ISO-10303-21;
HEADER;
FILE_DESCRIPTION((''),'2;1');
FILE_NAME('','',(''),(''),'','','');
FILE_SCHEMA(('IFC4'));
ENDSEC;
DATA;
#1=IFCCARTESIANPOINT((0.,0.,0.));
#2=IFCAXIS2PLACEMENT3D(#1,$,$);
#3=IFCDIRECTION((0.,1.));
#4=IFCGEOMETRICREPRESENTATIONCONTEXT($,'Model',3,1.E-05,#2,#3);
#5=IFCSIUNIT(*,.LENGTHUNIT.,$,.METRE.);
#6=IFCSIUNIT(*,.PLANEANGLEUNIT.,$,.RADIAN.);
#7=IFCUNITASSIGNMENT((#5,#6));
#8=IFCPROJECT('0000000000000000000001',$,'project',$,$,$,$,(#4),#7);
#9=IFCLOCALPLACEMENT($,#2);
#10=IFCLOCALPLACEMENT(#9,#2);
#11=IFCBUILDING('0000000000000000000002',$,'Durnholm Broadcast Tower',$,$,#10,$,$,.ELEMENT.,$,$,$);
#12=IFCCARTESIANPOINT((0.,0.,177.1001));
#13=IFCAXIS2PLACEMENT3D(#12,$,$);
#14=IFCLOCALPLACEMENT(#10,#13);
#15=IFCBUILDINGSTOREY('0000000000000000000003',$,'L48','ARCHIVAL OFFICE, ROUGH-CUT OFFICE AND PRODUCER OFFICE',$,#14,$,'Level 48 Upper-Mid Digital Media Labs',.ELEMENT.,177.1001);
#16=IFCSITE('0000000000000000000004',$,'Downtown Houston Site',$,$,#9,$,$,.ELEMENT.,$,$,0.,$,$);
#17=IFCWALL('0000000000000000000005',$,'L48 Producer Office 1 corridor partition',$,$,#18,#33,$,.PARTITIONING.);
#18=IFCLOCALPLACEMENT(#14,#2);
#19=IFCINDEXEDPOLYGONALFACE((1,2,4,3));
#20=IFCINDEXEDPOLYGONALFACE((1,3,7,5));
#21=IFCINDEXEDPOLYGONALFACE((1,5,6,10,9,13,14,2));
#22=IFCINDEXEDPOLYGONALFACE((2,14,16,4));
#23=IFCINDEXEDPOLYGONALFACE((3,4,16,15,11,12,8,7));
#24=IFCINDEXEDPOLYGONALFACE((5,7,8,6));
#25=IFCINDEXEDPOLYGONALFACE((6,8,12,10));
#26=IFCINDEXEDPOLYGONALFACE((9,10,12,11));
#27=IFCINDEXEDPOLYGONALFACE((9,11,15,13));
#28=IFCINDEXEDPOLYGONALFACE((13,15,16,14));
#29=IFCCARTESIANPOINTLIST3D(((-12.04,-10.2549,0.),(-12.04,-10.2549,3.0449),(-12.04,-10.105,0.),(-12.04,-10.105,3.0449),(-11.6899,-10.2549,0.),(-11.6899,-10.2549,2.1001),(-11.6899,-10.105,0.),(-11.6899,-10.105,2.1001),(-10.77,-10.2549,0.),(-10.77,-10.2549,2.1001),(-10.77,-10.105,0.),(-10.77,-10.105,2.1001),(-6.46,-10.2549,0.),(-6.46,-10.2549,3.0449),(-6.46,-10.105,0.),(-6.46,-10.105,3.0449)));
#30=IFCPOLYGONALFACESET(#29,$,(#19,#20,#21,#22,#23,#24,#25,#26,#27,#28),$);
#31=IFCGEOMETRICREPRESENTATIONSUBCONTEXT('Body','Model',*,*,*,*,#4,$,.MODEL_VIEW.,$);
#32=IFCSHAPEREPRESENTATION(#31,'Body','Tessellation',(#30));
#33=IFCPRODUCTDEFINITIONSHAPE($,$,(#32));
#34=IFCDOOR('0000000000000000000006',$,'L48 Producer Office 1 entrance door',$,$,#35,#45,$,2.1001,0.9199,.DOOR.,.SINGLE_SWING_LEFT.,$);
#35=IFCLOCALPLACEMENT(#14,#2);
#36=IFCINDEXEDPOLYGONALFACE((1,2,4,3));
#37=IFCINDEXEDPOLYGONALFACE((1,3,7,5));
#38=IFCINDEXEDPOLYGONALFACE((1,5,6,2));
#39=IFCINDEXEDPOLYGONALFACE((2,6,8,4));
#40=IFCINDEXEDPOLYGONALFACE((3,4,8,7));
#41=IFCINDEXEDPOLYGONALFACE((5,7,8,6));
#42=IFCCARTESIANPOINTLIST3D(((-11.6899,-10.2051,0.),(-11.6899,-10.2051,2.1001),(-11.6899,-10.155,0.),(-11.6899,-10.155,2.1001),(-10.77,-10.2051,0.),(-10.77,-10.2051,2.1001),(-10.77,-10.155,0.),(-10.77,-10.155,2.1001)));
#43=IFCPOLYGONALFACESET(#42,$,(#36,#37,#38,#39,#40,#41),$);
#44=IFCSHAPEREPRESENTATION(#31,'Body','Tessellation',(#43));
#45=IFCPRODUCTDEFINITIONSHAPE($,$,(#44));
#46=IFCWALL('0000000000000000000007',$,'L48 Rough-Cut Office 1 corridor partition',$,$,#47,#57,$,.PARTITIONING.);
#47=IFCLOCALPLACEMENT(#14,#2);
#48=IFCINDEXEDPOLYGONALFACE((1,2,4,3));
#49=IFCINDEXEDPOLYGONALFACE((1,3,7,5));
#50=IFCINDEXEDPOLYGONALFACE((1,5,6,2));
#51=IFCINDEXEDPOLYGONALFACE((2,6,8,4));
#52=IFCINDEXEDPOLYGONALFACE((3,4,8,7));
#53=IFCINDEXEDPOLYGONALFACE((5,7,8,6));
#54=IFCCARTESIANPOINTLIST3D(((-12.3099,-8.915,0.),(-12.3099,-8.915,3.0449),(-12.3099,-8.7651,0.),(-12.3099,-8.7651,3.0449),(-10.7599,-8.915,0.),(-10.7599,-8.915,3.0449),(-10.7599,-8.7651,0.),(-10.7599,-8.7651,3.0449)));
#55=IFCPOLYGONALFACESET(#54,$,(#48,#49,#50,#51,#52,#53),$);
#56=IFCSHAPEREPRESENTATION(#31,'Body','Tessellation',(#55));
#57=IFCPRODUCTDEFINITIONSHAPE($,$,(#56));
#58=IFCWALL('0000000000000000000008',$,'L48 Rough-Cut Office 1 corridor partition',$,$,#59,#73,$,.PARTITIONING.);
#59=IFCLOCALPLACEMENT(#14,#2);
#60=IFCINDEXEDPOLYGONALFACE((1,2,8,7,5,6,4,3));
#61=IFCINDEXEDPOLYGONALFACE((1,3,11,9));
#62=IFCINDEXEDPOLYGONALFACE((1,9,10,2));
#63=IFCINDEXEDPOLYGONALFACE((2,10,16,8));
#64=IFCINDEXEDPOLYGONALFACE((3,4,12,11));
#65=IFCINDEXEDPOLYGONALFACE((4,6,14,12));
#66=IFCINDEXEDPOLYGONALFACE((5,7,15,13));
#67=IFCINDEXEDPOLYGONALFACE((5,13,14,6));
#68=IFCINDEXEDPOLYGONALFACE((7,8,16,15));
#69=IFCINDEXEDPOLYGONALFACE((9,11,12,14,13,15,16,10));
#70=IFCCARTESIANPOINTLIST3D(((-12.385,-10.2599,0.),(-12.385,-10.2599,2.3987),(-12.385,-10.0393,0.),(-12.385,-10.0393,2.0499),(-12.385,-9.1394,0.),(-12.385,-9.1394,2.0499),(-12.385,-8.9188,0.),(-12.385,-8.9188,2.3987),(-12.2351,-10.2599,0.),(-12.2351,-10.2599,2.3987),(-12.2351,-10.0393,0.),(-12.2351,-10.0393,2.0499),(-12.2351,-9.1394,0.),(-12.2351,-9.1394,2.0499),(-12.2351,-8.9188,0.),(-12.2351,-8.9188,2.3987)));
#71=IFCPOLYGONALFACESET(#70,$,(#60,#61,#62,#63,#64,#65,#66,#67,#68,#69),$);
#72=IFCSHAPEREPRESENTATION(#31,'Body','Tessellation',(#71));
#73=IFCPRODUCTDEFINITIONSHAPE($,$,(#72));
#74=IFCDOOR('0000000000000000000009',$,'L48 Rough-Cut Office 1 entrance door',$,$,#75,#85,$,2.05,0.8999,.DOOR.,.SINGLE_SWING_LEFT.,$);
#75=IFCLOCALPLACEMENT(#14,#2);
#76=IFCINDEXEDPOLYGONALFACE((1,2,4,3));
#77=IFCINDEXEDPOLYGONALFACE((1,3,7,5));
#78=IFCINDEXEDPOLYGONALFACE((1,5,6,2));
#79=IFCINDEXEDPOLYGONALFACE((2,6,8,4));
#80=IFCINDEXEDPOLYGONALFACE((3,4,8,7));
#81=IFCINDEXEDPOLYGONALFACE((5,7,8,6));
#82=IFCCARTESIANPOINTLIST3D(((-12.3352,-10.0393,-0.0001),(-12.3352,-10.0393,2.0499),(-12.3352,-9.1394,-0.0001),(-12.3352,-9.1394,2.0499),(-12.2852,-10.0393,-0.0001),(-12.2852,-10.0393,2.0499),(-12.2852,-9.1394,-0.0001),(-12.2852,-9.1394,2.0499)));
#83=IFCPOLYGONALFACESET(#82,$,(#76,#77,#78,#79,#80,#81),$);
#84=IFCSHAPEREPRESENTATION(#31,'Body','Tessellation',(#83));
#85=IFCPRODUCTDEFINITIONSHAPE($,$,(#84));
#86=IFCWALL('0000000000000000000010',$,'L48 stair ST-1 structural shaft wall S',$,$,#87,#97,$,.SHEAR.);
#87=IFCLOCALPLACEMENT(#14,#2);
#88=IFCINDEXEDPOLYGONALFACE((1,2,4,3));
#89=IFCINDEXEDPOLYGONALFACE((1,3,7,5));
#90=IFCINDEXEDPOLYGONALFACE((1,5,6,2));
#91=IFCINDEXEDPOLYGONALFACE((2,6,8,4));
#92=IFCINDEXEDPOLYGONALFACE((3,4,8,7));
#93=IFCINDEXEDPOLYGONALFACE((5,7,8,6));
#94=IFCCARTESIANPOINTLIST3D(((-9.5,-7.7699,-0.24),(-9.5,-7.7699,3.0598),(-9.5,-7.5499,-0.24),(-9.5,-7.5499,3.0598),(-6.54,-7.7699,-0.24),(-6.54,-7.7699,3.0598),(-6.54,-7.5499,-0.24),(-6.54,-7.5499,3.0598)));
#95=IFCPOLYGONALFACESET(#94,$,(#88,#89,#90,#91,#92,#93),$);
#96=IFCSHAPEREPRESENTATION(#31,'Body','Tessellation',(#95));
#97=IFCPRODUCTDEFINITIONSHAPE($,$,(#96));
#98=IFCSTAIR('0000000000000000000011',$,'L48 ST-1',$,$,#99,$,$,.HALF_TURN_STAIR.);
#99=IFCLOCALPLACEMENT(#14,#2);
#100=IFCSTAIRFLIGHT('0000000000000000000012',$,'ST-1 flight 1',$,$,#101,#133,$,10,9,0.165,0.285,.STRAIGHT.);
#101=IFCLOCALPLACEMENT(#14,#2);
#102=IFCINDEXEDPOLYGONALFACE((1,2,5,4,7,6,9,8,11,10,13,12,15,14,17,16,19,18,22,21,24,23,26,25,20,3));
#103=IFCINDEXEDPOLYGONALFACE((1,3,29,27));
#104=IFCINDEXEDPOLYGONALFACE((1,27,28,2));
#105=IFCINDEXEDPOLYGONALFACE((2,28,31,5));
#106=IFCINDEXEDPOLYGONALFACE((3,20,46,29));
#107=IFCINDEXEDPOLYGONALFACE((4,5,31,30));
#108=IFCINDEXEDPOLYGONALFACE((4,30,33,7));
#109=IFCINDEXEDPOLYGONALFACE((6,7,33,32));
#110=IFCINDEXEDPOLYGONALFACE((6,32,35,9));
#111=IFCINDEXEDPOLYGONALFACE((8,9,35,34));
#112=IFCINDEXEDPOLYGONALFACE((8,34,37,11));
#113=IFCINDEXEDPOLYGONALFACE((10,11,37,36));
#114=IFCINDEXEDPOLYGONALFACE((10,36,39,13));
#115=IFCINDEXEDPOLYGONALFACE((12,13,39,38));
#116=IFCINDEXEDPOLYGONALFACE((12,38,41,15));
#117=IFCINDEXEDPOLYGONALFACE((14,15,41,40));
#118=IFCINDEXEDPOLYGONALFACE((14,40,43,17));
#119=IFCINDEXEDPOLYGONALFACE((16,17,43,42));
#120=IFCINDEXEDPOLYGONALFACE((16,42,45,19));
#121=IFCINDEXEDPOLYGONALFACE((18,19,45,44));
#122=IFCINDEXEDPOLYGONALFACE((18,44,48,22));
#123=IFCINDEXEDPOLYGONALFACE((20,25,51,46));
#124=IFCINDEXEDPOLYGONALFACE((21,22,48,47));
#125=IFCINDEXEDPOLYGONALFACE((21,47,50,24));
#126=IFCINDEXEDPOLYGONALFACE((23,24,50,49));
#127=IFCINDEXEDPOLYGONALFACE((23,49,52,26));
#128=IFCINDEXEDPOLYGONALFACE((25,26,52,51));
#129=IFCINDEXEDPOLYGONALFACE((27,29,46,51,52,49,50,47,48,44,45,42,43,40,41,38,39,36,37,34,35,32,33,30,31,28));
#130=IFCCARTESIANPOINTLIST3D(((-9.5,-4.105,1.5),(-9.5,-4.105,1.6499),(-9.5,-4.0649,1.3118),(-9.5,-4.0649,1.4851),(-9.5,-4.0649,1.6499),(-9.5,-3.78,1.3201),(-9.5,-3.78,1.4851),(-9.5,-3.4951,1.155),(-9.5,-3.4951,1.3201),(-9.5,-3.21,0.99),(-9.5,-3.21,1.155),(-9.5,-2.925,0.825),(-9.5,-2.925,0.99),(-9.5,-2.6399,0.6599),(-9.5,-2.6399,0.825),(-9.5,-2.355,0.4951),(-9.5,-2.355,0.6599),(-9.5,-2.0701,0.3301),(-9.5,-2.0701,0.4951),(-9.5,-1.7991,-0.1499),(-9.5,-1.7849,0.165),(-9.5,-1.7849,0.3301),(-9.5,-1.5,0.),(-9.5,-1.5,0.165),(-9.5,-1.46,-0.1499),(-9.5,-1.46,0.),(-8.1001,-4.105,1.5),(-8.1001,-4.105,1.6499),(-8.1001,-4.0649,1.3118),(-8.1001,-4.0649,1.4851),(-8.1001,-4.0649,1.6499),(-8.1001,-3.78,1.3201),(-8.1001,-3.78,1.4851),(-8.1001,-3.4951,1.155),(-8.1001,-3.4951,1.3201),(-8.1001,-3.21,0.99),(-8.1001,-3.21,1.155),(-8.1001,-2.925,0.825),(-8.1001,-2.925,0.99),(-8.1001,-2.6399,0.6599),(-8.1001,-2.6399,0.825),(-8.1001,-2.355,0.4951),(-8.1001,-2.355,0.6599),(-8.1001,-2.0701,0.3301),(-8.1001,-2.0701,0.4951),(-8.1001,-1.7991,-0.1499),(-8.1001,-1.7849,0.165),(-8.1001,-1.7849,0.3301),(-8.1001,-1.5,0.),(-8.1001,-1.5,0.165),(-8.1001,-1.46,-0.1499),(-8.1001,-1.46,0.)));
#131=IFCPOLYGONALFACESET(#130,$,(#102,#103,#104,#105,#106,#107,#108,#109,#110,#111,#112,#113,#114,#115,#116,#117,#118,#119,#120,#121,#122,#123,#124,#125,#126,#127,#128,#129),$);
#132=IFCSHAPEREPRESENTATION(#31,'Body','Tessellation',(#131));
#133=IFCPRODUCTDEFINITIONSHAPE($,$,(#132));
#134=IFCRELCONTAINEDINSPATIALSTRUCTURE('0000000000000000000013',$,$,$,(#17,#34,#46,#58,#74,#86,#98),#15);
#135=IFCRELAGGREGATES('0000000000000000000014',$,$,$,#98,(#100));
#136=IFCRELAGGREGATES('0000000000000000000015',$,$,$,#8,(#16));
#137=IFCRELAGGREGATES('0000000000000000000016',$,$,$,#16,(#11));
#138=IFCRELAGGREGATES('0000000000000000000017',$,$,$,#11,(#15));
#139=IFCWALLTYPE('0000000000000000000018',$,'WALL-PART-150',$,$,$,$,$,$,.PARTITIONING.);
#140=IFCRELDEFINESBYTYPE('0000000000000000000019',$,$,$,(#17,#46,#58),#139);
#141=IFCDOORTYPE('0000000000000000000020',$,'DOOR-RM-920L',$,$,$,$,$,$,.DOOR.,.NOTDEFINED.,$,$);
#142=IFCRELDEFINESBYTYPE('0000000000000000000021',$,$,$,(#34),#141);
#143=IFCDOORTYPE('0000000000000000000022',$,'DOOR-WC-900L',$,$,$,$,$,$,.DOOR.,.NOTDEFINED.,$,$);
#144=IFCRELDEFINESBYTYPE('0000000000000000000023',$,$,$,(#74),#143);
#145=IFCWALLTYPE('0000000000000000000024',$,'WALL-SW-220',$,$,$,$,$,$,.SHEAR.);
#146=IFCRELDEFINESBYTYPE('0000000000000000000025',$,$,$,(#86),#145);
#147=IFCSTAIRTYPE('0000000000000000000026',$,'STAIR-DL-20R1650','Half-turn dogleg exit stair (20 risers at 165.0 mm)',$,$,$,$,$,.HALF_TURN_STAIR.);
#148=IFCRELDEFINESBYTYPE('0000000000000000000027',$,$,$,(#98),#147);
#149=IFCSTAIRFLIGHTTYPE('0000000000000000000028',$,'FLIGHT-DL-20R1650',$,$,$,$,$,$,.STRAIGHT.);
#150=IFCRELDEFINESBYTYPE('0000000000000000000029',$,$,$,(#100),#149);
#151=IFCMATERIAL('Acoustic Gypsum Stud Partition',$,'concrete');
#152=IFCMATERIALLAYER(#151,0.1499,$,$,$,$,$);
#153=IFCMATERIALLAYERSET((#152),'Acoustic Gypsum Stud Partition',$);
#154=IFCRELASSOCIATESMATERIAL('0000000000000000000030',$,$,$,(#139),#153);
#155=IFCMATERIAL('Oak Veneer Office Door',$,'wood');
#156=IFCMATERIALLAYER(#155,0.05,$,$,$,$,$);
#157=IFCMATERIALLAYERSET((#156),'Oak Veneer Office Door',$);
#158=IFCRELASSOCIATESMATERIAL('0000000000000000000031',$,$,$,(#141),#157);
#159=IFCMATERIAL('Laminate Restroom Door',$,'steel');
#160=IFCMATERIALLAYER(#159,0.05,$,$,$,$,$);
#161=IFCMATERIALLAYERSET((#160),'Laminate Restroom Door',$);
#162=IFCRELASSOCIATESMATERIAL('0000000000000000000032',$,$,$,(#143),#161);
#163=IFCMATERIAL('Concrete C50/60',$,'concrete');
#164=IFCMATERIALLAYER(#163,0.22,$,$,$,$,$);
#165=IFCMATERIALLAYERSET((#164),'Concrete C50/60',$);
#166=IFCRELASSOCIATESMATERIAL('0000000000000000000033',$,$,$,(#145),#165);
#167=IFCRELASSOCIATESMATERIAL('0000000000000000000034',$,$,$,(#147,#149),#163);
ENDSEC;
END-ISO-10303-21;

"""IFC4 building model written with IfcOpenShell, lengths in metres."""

from ifc_helpers import new_model, si_unit, direction, frame, frame_2d, origin, place, context, subcontext, project, spatial, polyline, rectangle, outline, extrude, source, transform, mapped, material, layer, layer_set, type_object, type_shapes, element, fill, aggregate, save


model = new_model("IFC4")

# Units and contexts
model_context = context("Model", 3, precision=1e-05, world=origin(), true_north=direction((0.0, 1.0)))
body_context = subcontext(model_context, "Body", "Model", "MODEL_VIEW")
ifc_project = project(units=[si_unit("LENGTHUNIT", "METRE"), si_unit("PLANEANGLEUNIT", "RADIAN")], contexts=[model_context])

# Site, building, storey
site_placement = place(None, origin())
site = spatial("IfcSite", under=ifc_project, at=site_placement, Name="Downtown Houston Site", CompositionType="ELEMENT", RefElevation=0.0)
building_placement = place(site_placement, origin())
building = spatial("IfcBuilding", under=site, at=building_placement, Name="Durnholm Broadcast Tower", CompositionType="ELEMENT")
storey_placement = place(building_placement, frame((0.0, 0.0, 177.1001)))
storey = spatial("IfcBuildingStorey", under=building, at=storey_placement, Name="L48", Description="ARCHIVAL OFFICE, ROUGH-CUT OFFICE AND PRODUCER OFFICE", LongName="Level 48 Upper-Mid Digital Media Labs", CompositionType="ELEMENT", Elevation=177.1001)

# Wall, opening, door
ifc_material_1 = material(Name="Acoustic Gypsum Stud Partition", Category="concrete")
ifc_layer_1 = layer(ifc_material_1, 0.1499)
ifc_layer_set_1 = layer_set([ifc_layer_1], Name="Acoustic Gypsum Stud Partition")
wall_type_1 = type_object("IfcWallType", Name="WALL-PART-150", PredefinedType="PARTITIONING", material=ifc_layer_set_1)
wall_1_placement = place(storey_placement, frame((-12.04, -10.1799, 0.0), z_axis=(0.0, 0.0, 1.0), x_axis=(1.0, 0.0, 0.0)))
wall_1 = element("IfcWall", 1, at=wall_1_placement, inside=storey, type_object=wall_type_1, Name="L48 Producer Office 1 corridor partition", PredefinedType="PARTITIONING", context=body_context, shape_type="SweptSolid", body=[
    extrude(rectangle(XDim=5.5801, YDim=0.1499, at=frame_2d((2.79, 0.0))), origin(), (0.0, 0.0, 1.0), 3.0449),
])
opening_1_placement = place(wall_1_placement, frame((0.3501, 0.0, 0.0)))
opening_1 = element("IfcOpeningElement", 2, at=opening_1_placement, cuts=wall_1, PredefinedType="OPENING", context=body_context, shape_type="SweptSolid", body=[
    extrude(rectangle(XDim=0.9199, YDim=2.1001, at=frame_2d((0.46, 1.05))), frame((0.0, 0.085, 0.0), z_axis=(0.0, -1.0, 0.0), x_axis=(1.0, 0.0, 0.0)), (0.0, 0.0, 1.0), 0.1699),
])
ifc_material_2 = material(Name="Oak Veneer Office Door", Category="wood")
ifc_layer_2 = layer(ifc_material_2, 0.05)
ifc_layer_set_2 = layer_set([ifc_layer_2], Name="Oak Veneer Office Door")
door_type_1 = type_object("IfcDoorType", Name="DOOR-RM-920L", OperationType="NOTDEFINED", PredefinedType="DOOR", material=ifc_layer_set_2)
shared_shape_1 = source(origin(), body_context, "Body", "SweptSolid", [
    extrude(rectangle(XDim=0.9199, YDim=2.1001, at=frame_2d((0.46, 1.05))), frame((0.0, 0.0249, 0.0), z_axis=(0.0, -1.0, 0.0), x_axis=(1.0, 0.0, 0.0)), (0.0, 0.0, 1.0), 0.05),
])
type_shapes(door_type_1, [shared_shape_1])
door_1_placement = place(opening_1_placement, origin())
door_1 = element("IfcDoor", 3, at=door_1_placement, inside=storey, type_object=door_type_1, Name="L48 Producer Office 1 entrance door", OperationType="SINGLE_SWING_LEFT", OverallHeight=2.1001, OverallWidth=0.9199, PredefinedType="DOOR", context=body_context, shape_type="MappedRepresentation", body=[
    mapped(shared_shape_1, transform((0.0, 0.0, 0.0), x_axis=(1.0, 0.0, 0.0), y_axis=(0.0, 1.0, 0.0), z_axis=(0.0, 0.0, 1.0), scale=1.0)),
])
fill(opening_1, door_1)

# Wall
wall_2_placement = place(storey_placement, frame((-10.76, -8.8401, 0.0), z_axis=(0.0, 0.0, 1.0), x_axis=(-1.0, 0.0, 0.0)))
element("IfcWall", 4, at=wall_2_placement, inside=storey, type_object=wall_type_1, Name="L48 Rough-Cut Office 1 corridor partition", PredefinedType="PARTITIONING", context=body_context, shape_type="SweptSolid", body=[
    extrude(rectangle(XDim=1.55, YDim=0.1499, at=frame_2d((0.7749, 0.0))), origin(), (0.0, 0.0, 1.0), 3.0449),
])

# Wall, opening, door
wall_3_placement = place(storey_placement, frame((-12.3101, -8.9189, 0.0), z_axis=(0.0, 0.0, 1.0), x_axis=(0.0, -1.0, 0.0)))
wall_3 = element("IfcWall", 5, at=wall_3_placement, inside=storey, type_object=wall_type_1, Name="L48 Rough-Cut Office 1 corridor partition", PredefinedType="PARTITIONING", context=body_context, shape_type="SweptSolid", body=[
    extrude(rectangle(XDim=1.3411, YDim=0.1499, at=frame_2d((0.6704, 0.0))), origin(), (0.0, 0.0, 1.0), 2.3987),
])
opening_2_placement = place(wall_3_placement, frame((0.2205, 0.0, 0.0)))
opening_2 = element("IfcOpeningElement", 6, at=opening_2_placement, cuts=wall_3, PredefinedType="OPENING", context=body_context, shape_type="SweptSolid", body=[
    extrude(rectangle(XDim=0.8999, YDim=2.05, at=frame_2d((0.45, 1.0249))), frame((0.0, 0.085, 0.0), z_axis=(0.0, -1.0, 0.0), x_axis=(1.0, 0.0, 0.0)), (0.0, 0.0, 1.0), 0.1699),
])
ifc_material_3 = material(Name="Laminate Restroom Door", Category="steel")
ifc_layer_3 = layer(ifc_material_3, 0.05)
ifc_layer_set_3 = layer_set([ifc_layer_3], Name="Laminate Restroom Door")
door_type_2 = type_object("IfcDoorType", Name="DOOR-WC-900L", OperationType="NOTDEFINED", PredefinedType="DOOR", material=ifc_layer_set_3)
shared_shape_2 = source(origin(), body_context, "Body", "SweptSolid", [
    extrude(rectangle(XDim=0.8999, YDim=2.05, at=frame_2d((0.45, 1.0249))), frame((0.0, 0.0249, 0.0), z_axis=(0.0, -1.0, 0.0), x_axis=(1.0, 0.0, 0.0)), (0.0, 0.0, 1.0), 0.05),
])
type_shapes(door_type_2, [shared_shape_2])
door_2_placement = place(opening_2_placement, origin())
door_2 = element("IfcDoor", 7, at=door_2_placement, inside=storey, type_object=door_type_2, Name="L48 Rough-Cut Office 1 entrance door", OperationType="SINGLE_SWING_LEFT", OverallHeight=2.05, OverallWidth=0.8999, PredefinedType="DOOR", context=body_context, shape_type="MappedRepresentation", body=[
    mapped(shared_shape_2, transform((0.0, 0.0, 0.0), x_axis=(1.0, 0.0, 0.0), y_axis=(0.0, 1.0, 0.0), z_axis=(0.0, 0.0, 1.0), scale=1.0)),
])
fill(opening_2, door_2)

# Wall
ifc_material_4 = material(Name="Concrete C50/60", Category="concrete")
ifc_layer_4 = layer(ifc_material_4, 0.22)
ifc_layer_set_4 = layer_set([ifc_layer_4], Name="Concrete C50/60")
wall_type_2 = type_object("IfcWallType", Name="WALL-SW-220", PredefinedType="SHEAR", material=ifc_layer_set_4)
wall_4_placement = place(storey_placement, frame((-9.5, -7.6599, -0.24), z_axis=(0.0, 0.0, 1.0), x_axis=(1.0, 0.0, 0.0)))
element("IfcWall", 8, at=wall_4_placement, inside=storey, type_object=wall_type_2, Name="L48 stair ST-1 structural shaft wall S", PredefinedType="SHEAR", context=body_context, shape_type="SweptSolid", body=[
    extrude(rectangle(XDim=2.96, YDim=0.22, at=frame_2d((1.48, 0.0))), origin(), (0.0, 0.0, 1.0), 3.2998),
])

# Stair, stair flight
stair_type = type_object("IfcStairType", Name="STAIR-DL-20R1650", Description="Half-turn dogleg exit stair (20 risers at 165.0 mm)", PredefinedType="HALF_TURN_STAIR", material=ifc_material_4)
stair_placement = place(storey_placement, origin())
stair = element("IfcStair", 9, at=stair_placement, inside=storey, type_object=stair_type, Name="L48 ST-1", PredefinedType="HALF_TURN_STAIR")
stair_flight_type = type_object("IfcStairFlightType", Name="FLIGHT-DL-20R1650", PredefinedType="STRAIGHT", material=ifc_material_4)
stair_flight_placement = place(storey_placement, frame((-8.8, -1.5, 0.0), z_axis=(0.0, 0.0, 1.0), x_axis=(0.0, -1.0, 0.0)))
stair_flight = element("IfcStairFlight", 10, at=stair_flight_placement, type_object=stair_flight_type, Name="ST-1 flight 1", NumberOfRisers=10, NumberOfTreads=9, PredefinedType="STRAIGHT", RiserHeight=0.165, TreadLength=0.285, context=body_context, shape_type="SweptSolid", body=[
    extrude(outline(polyline([(-0.04, -0.1499), (-0.04, 0.0), (0.0, 0.0), (0.0, 0.165), (0.2849, 0.165), (0.2849, 0.3301), (0.5701, 0.3301), (0.5701, 0.4951), (0.855, 0.4951), (0.855, 0.6599), (1.1399, 0.6599), (1.1399, 0.825), (1.425, 0.825), (1.425, 0.99), (1.71, 0.99), (1.71, 1.155), (1.9951, 1.155), (1.9951, 1.3201), (2.28, 1.3201), (2.28, 1.4851), (2.5649, 1.4851), (2.5649, 1.6499), (2.605, 1.6499), (2.605, 1.5), (2.5649, 1.3118), (0.2991, -0.1499), (-0.04, -0.1499)])), frame((0.0, 0.7, 0.0), z_axis=(0.0, -1.0, 0.0), x_axis=(1.0, 0.0, 0.0)), (0.0, 0.0, 1.0), 1.3999),
])
aggregate(stair, [stair_flight])

save(model, "model.ifc")
